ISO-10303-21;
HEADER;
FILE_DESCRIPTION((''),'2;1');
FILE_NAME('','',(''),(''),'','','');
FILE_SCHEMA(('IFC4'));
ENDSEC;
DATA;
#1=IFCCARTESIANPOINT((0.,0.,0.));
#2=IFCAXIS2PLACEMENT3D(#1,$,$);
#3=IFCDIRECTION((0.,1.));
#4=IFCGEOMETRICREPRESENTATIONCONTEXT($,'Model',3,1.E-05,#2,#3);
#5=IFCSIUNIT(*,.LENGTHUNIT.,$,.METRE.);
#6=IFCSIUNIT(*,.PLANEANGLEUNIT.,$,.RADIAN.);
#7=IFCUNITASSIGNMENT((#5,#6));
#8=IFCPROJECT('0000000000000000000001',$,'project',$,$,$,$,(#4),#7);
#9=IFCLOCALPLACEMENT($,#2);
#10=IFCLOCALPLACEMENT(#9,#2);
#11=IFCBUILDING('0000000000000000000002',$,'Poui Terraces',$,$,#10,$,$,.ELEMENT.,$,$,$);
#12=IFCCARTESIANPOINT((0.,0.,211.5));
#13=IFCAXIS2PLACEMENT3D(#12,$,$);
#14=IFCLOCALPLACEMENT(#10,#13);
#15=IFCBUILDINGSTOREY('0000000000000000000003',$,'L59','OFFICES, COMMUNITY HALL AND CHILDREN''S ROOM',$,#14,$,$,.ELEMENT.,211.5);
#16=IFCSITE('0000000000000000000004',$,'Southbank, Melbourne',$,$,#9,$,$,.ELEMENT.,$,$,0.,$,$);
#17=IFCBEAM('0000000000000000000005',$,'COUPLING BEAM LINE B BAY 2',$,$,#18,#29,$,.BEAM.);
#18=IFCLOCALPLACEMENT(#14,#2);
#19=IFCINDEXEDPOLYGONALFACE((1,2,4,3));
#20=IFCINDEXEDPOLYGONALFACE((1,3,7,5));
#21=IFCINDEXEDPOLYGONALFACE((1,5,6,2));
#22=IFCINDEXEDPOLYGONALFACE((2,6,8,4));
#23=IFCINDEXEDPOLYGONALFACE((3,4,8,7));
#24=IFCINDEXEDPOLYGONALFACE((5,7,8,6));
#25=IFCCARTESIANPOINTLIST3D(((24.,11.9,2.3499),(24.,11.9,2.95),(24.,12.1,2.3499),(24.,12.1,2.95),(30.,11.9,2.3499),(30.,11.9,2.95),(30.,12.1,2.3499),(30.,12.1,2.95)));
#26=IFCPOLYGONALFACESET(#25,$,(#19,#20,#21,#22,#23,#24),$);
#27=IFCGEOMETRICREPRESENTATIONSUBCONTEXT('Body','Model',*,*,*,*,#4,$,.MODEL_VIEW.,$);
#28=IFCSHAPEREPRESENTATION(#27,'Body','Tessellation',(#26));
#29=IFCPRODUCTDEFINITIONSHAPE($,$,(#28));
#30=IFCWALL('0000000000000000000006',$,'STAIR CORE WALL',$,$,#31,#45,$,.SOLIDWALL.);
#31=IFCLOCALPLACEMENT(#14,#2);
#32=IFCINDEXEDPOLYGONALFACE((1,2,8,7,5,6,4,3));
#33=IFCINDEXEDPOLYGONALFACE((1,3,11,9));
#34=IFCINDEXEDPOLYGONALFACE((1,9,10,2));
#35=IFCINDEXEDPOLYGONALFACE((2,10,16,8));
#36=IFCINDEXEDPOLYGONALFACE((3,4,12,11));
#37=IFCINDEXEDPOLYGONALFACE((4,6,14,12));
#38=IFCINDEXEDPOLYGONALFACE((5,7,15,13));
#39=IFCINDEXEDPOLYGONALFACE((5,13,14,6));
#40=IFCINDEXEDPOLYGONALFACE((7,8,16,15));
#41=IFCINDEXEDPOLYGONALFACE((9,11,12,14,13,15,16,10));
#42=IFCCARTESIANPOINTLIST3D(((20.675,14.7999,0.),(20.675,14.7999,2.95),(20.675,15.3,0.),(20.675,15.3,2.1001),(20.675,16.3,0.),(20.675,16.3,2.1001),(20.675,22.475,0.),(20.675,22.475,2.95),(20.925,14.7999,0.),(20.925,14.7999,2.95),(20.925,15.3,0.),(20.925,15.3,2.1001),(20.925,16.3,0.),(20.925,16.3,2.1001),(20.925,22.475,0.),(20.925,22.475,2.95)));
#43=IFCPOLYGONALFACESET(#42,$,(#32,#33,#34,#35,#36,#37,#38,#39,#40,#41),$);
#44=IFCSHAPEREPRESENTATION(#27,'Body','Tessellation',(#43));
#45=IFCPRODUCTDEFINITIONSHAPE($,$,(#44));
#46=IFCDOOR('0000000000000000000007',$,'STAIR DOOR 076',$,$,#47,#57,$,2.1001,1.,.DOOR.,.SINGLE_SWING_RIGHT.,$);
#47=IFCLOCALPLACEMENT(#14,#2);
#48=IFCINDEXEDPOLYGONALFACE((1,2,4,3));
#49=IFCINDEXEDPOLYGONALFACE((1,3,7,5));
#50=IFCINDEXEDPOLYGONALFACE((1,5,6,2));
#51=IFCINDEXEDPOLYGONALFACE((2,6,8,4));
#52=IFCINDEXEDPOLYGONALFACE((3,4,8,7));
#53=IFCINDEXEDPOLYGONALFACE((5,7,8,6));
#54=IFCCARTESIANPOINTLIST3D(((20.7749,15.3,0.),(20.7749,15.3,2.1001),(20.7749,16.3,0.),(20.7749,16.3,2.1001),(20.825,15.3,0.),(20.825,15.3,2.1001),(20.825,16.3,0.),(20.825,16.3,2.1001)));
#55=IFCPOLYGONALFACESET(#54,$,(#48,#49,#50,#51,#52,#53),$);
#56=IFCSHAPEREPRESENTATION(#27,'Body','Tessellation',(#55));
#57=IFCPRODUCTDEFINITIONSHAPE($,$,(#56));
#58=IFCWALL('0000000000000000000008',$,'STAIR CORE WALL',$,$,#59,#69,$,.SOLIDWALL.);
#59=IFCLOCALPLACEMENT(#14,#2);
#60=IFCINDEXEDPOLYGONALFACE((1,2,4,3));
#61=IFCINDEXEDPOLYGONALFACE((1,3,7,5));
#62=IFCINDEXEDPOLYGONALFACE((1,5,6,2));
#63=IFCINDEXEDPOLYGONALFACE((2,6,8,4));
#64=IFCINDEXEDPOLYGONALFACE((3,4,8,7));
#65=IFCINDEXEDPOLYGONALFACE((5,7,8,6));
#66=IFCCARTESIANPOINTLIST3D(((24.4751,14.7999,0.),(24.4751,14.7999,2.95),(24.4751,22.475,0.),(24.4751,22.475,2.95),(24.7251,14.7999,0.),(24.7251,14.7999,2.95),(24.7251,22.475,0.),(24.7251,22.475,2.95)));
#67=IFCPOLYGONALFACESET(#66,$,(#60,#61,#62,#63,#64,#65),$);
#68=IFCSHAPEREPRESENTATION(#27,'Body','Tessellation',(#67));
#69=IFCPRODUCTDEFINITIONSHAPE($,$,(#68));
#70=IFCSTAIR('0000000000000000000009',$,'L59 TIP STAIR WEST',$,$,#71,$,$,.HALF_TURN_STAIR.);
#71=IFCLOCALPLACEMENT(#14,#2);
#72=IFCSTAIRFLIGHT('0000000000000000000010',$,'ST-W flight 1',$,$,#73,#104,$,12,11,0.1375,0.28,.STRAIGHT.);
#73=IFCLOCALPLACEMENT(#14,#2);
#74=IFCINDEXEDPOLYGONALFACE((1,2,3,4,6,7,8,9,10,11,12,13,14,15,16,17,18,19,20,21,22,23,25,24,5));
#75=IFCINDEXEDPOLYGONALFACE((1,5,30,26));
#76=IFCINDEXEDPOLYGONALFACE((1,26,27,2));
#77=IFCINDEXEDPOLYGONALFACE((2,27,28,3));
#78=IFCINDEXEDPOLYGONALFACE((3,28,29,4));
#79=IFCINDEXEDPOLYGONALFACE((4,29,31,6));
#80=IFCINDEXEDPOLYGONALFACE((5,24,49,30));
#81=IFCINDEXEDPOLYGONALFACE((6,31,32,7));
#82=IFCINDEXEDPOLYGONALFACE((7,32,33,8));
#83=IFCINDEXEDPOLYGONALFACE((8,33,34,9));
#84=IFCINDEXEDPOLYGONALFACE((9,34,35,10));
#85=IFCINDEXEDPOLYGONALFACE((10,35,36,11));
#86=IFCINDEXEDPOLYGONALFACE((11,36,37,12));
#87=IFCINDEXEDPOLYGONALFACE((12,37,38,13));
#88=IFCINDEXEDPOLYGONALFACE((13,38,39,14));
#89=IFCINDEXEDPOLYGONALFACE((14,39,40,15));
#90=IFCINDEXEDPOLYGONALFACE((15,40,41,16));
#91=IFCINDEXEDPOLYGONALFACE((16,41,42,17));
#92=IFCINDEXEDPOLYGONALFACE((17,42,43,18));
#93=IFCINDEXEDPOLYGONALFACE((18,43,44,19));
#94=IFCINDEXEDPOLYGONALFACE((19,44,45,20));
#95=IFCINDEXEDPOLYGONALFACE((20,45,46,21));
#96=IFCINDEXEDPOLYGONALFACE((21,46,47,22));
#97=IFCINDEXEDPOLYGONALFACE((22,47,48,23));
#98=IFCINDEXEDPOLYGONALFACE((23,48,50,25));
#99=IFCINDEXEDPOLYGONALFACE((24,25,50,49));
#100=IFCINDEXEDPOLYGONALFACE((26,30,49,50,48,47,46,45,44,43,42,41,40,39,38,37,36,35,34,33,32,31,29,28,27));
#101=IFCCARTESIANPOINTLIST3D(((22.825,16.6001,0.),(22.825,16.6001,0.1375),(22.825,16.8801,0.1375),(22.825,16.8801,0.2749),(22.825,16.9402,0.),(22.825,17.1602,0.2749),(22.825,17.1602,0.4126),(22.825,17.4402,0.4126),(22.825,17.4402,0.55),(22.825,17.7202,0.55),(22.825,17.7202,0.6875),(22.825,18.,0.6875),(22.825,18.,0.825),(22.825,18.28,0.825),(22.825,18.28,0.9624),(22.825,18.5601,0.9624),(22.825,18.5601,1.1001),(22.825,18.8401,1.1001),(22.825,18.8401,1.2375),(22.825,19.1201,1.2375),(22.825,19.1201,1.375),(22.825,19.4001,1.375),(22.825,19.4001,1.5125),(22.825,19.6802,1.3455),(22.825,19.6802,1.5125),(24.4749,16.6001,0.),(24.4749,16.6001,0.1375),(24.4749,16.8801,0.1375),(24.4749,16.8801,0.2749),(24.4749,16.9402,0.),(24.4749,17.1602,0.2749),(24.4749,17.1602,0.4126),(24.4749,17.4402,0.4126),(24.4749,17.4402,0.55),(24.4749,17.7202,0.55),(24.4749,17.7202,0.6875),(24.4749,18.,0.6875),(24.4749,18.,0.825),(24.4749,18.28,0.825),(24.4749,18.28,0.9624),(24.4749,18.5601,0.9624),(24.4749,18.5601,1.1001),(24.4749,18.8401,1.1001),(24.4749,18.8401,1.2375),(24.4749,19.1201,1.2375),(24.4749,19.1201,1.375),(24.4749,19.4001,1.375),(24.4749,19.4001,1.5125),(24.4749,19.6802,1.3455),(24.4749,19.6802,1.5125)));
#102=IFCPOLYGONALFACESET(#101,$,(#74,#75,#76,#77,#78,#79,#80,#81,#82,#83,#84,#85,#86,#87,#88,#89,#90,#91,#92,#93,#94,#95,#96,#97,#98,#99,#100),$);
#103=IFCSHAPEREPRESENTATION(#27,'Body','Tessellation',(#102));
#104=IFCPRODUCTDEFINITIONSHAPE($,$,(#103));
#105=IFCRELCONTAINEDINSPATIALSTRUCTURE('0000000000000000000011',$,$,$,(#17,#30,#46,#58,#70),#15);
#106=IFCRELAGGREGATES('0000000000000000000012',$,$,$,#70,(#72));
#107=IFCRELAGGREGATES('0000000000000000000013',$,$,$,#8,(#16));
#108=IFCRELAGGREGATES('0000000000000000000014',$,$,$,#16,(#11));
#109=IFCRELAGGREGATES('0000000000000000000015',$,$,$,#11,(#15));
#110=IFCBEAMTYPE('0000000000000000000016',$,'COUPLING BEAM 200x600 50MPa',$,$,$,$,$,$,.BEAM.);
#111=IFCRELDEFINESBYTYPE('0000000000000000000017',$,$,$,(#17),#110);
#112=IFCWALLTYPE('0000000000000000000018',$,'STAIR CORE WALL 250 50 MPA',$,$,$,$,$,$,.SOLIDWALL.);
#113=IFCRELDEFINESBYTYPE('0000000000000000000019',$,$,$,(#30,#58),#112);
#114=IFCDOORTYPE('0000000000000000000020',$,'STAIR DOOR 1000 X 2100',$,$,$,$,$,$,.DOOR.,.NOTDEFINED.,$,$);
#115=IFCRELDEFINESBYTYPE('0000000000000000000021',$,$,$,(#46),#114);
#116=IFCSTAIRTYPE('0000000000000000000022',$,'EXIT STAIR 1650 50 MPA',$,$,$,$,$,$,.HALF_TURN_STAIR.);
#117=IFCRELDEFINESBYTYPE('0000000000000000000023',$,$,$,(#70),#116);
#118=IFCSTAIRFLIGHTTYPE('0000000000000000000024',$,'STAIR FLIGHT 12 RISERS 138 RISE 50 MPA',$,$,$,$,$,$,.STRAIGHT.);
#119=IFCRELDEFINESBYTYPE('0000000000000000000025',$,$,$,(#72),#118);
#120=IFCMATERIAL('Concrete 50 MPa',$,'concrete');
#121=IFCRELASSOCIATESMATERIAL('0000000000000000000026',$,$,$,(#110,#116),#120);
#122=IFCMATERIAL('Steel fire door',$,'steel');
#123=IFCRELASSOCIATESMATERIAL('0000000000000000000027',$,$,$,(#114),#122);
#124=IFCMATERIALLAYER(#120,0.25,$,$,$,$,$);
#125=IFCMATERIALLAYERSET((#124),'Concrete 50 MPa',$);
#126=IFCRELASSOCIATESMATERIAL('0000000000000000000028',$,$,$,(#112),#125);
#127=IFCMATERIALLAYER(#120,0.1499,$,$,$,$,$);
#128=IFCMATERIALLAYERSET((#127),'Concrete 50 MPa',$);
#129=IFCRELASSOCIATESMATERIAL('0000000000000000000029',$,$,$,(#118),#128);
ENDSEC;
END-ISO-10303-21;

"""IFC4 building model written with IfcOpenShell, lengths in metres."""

from ifc_helpers import new_model, si_unit, direction, frame, frame_2d, origin, origin_2d, place, context, subcontext, project, spatial, polyline, rectangle, outline, extrude, source, transform, mapped, material, layer, layer_set, material_profile, profile_set, type_object, element, fill, aggregate, save


model = new_model("IFC4")

# Units and contexts
model_context = context("Model", 3, precision=1e-05, world=origin(), true_north=direction((0.0, 1.0)))
body_context = subcontext(model_context, "Body", "Model", "MODEL_VIEW")
ifc_project = project(units=[si_unit("LENGTHUNIT", "METRE"), si_unit("PLANEANGLEUNIT", "RADIAN")], contexts=[model_context])

# Site, building, storey
site_placement = place(None, origin())
site = spatial("IfcSite", under=ifc_project, at=site_placement, Name="Southbank, Melbourne", CompositionType="ELEMENT", RefElevation=0.0)
building_placement = place(site_placement, origin())
building = spatial("IfcBuilding", under=site, at=building_placement, Name="Poui Terraces", CompositionType="ELEMENT")
storey_placement = place(building_placement, frame((0.0, 0.0, 211.5)))
storey = spatial("IfcBuildingStorey", under=building, at=storey_placement, Name="L59", Description="OFFICES, COMMUNITY HALL AND CHILDREN'S ROOM", CompositionType="ELEMENT", Elevation=211.5)

# Beam
ifc_material_1 = material(Name="Concrete 50 MPa", Category="concrete")
ifc_material_profile = material_profile(ifc_material_1, rectangle(XDim=0.2, YDim=0.6001, at=origin_2d()), Name="RC 200x600")
ifc_profile_set = profile_set([ifc_material_profile], Name="Concrete 50 MPa")
beam_type = type_object("IfcBeamType", Name="COUPLING BEAM 200x600 50MPa", PredefinedType="BEAM", material=ifc_profile_set)
shared_shape = source(origin(), body_context, "Body", "SweptSolid", [
    extrude(rectangle(XDim=0.2, YDim=0.6001, at=origin_2d()), origin(), (0.0, 0.0, 1.0), 6.0),
])
beam_placement = place(storey_placement, frame((24.0, 12.0, 2.6499), z_axis=(1.0, 0.0, 0.0), x_axis=(0.0, 1.0, 0.0)))
element("IfcBeam", 1, at=beam_placement, inside=storey, type_object=beam_type, Name="COUPLING BEAM LINE B BAY 2", PredefinedType="BEAM", context=body_context, shape_type="MappedRepresentation", body=[
    mapped(shared_shape, transform((0.0, 0.0, 0.0))),
])

# Shared definitions
ifc_material_2 = material(Name="Steel fire door", Category="steel")
door_type_1 = type_object("IfcDoorType", Name="STAIR DOOR 1000 X 2100", OperationType="NOTDEFINED", PredefinedType="DOOR", material=ifc_material_2)

# Wall, opening, door
ifc_layer_1 = layer(ifc_material_1, 0.25)
ifc_layer_set_1 = layer_set([ifc_layer_1], Name="Concrete 50 MPa")
wall_type_1 = type_object("IfcWallType", Name="STAIR CORE WALL 250 50 MPA", PredefinedType="SOLIDWALL", material=ifc_layer_set_1)
wall_1_placement = place(storey_placement, frame((20.8, 14.8, 0.0), z_axis=(0.0, 0.0, 1.0), x_axis=(0.0, 1.0, 0.0)))
wall_1 = element("IfcWall", 2, at=wall_1_placement, inside=storey, type_object=wall_type_1, Name="STAIR CORE WALL", PredefinedType="SOLIDWALL", context=body_context, shape_type="SweptSolid", body=[
    extrude(rectangle(XDim=7.675, YDim=0.25, at=frame_2d((3.8374, 0.0))), origin(), (0.0, 0.0, 1.0), 2.95),
])
opening_1_placement = place(wall_1_placement, frame((0.5, 0.0, 0.0)))
opening_1 = element("IfcOpeningElement", 3, at=opening_1_placement, cuts=wall_1, PredefinedType="OPENING", context=body_context, shape_type="SweptSolid", body=[
    extrude(rectangle(XDim=1.0, YDim=2.1001, at=frame_2d((0.5, 1.05))), frame((0.0, 0.135, 0.0), z_axis=(0.0, -1.0, 0.0), x_axis=(1.0, 0.0, 0.0)), (0.0, 0.0, 1.0), 0.27),
])
door_1_placement = place(opening_1_placement, frame((1.0, 0.0, 0.0), z_axis=(0.0, 0.0, 1.0), x_axis=(-1.0, 0.0, 0.0)))
door_1 = element("IfcDoor", 4, at=door_1_placement, inside=storey, type_object=door_type_1, Name="STAIR DOOR 076", OperationType="SINGLE_SWING_RIGHT", OverallHeight=2.1001, OverallWidth=1.0, PredefinedType="DOOR", context=body_context, shape_type="SweptSolid", body=[
    extrude(rectangle(XDim=1.0, YDim=2.1001, at=frame_2d((0.5, 1.05))), frame((0.0, 0.0249, 0.0), z_axis=(0.0, -1.0, 0.0), x_axis=(1.0, 0.0, 0.0)), (0.0, 0.0, 1.0), 0.05),
])
fill(opening_1, door_1)

# Wall
wall_2_placement = place(storey_placement, frame((24.6001, 14.8, 0.0), z_axis=(0.0, 0.0, 1.0), x_axis=(0.0, 1.0, 0.0)))
element("IfcWall", 5, at=wall_2_placement, inside=storey, type_object=wall_type_1, Name="STAIR CORE WALL", PredefinedType="SOLIDWALL", context=body_context, shape_type="SweptSolid", body=[
    extrude(rectangle(XDim=7.675, YDim=0.25, at=frame_2d((3.8374, 0.0))), origin(), (0.0, 0.0, 1.0), 2.95),
])

# Stair, stair flight
stair_type = type_object("IfcStairType", Name="EXIT STAIR 1650 50 MPA", PredefinedType="HALF_TURN_STAIR", material=ifc_material_1)
stair_placement = place(storey_placement, origin())
stair = element("IfcStair", 6, at=stair_placement, inside=storey, type_object=stair_type, Name="L59 TIP STAIR WEST", PredefinedType="HALF_TURN_STAIR")
ifc_layer_2 = layer(ifc_material_1, 0.1499)
ifc_layer_set_2 = layer_set([ifc_layer_2], Name="Concrete 50 MPa")
stair_flight_type = type_object("IfcStairFlightType", Name="STAIR FLIGHT 12 RISERS 138 RISE 50 MPA", PredefinedType="STRAIGHT", material=ifc_layer_set_2)
stair_flight_placement = place(storey_placement, frame((23.6499, 16.6001, 0.0), z_axis=(0.0, 0.0, 1.0), x_axis=(0.0, 1.0, 0.0)))
stair_flight = element("IfcStairFlight", 7, at=stair_flight_placement, type_object=stair_flight_type, Name="ST-W flight 1", NumberOfRisers=12, NumberOfTreads=11, PredefinedType="STRAIGHT", RiserHeight=0.1375, TreadLength=0.28, context=body_context, shape_type="SweptSolid", body=[
    extrude(outline(polyline([(0.0, 0.0), (0.0, 0.1375), (0.28, 0.1375), (0.28, 0.2749), (0.5601, 0.2749), (0.5601, 0.4126), (0.8401, 0.4126), (0.8401, 0.55), (1.1201, 0.55), (1.1201, 0.6875), (1.3999, 0.6875), (1.3999, 0.825), (1.6799, 0.825), (1.6799, 0.9624), (1.96, 0.9624), (1.96, 1.1001), (2.24, 1.1001), (2.24, 1.2375), (2.52, 1.2375), (2.52, 1.375), (2.8, 1.375), (2.8, 1.5125), (3.0801, 1.5125), (3.0801, 1.6499), (3.0801, 1.3455), (0.3401, 0.0), (0.0, 0.0)])), frame((0.0, 0.825, 0.0), z_axis=(0.0, -1.0, 0.0), x_axis=(1.0, 0.0, 0.0)), (0.0, 0.0, 1.0), 1.6499),
])
aggregate(stair, [stair_flight])

save(model, "model.ifc")
